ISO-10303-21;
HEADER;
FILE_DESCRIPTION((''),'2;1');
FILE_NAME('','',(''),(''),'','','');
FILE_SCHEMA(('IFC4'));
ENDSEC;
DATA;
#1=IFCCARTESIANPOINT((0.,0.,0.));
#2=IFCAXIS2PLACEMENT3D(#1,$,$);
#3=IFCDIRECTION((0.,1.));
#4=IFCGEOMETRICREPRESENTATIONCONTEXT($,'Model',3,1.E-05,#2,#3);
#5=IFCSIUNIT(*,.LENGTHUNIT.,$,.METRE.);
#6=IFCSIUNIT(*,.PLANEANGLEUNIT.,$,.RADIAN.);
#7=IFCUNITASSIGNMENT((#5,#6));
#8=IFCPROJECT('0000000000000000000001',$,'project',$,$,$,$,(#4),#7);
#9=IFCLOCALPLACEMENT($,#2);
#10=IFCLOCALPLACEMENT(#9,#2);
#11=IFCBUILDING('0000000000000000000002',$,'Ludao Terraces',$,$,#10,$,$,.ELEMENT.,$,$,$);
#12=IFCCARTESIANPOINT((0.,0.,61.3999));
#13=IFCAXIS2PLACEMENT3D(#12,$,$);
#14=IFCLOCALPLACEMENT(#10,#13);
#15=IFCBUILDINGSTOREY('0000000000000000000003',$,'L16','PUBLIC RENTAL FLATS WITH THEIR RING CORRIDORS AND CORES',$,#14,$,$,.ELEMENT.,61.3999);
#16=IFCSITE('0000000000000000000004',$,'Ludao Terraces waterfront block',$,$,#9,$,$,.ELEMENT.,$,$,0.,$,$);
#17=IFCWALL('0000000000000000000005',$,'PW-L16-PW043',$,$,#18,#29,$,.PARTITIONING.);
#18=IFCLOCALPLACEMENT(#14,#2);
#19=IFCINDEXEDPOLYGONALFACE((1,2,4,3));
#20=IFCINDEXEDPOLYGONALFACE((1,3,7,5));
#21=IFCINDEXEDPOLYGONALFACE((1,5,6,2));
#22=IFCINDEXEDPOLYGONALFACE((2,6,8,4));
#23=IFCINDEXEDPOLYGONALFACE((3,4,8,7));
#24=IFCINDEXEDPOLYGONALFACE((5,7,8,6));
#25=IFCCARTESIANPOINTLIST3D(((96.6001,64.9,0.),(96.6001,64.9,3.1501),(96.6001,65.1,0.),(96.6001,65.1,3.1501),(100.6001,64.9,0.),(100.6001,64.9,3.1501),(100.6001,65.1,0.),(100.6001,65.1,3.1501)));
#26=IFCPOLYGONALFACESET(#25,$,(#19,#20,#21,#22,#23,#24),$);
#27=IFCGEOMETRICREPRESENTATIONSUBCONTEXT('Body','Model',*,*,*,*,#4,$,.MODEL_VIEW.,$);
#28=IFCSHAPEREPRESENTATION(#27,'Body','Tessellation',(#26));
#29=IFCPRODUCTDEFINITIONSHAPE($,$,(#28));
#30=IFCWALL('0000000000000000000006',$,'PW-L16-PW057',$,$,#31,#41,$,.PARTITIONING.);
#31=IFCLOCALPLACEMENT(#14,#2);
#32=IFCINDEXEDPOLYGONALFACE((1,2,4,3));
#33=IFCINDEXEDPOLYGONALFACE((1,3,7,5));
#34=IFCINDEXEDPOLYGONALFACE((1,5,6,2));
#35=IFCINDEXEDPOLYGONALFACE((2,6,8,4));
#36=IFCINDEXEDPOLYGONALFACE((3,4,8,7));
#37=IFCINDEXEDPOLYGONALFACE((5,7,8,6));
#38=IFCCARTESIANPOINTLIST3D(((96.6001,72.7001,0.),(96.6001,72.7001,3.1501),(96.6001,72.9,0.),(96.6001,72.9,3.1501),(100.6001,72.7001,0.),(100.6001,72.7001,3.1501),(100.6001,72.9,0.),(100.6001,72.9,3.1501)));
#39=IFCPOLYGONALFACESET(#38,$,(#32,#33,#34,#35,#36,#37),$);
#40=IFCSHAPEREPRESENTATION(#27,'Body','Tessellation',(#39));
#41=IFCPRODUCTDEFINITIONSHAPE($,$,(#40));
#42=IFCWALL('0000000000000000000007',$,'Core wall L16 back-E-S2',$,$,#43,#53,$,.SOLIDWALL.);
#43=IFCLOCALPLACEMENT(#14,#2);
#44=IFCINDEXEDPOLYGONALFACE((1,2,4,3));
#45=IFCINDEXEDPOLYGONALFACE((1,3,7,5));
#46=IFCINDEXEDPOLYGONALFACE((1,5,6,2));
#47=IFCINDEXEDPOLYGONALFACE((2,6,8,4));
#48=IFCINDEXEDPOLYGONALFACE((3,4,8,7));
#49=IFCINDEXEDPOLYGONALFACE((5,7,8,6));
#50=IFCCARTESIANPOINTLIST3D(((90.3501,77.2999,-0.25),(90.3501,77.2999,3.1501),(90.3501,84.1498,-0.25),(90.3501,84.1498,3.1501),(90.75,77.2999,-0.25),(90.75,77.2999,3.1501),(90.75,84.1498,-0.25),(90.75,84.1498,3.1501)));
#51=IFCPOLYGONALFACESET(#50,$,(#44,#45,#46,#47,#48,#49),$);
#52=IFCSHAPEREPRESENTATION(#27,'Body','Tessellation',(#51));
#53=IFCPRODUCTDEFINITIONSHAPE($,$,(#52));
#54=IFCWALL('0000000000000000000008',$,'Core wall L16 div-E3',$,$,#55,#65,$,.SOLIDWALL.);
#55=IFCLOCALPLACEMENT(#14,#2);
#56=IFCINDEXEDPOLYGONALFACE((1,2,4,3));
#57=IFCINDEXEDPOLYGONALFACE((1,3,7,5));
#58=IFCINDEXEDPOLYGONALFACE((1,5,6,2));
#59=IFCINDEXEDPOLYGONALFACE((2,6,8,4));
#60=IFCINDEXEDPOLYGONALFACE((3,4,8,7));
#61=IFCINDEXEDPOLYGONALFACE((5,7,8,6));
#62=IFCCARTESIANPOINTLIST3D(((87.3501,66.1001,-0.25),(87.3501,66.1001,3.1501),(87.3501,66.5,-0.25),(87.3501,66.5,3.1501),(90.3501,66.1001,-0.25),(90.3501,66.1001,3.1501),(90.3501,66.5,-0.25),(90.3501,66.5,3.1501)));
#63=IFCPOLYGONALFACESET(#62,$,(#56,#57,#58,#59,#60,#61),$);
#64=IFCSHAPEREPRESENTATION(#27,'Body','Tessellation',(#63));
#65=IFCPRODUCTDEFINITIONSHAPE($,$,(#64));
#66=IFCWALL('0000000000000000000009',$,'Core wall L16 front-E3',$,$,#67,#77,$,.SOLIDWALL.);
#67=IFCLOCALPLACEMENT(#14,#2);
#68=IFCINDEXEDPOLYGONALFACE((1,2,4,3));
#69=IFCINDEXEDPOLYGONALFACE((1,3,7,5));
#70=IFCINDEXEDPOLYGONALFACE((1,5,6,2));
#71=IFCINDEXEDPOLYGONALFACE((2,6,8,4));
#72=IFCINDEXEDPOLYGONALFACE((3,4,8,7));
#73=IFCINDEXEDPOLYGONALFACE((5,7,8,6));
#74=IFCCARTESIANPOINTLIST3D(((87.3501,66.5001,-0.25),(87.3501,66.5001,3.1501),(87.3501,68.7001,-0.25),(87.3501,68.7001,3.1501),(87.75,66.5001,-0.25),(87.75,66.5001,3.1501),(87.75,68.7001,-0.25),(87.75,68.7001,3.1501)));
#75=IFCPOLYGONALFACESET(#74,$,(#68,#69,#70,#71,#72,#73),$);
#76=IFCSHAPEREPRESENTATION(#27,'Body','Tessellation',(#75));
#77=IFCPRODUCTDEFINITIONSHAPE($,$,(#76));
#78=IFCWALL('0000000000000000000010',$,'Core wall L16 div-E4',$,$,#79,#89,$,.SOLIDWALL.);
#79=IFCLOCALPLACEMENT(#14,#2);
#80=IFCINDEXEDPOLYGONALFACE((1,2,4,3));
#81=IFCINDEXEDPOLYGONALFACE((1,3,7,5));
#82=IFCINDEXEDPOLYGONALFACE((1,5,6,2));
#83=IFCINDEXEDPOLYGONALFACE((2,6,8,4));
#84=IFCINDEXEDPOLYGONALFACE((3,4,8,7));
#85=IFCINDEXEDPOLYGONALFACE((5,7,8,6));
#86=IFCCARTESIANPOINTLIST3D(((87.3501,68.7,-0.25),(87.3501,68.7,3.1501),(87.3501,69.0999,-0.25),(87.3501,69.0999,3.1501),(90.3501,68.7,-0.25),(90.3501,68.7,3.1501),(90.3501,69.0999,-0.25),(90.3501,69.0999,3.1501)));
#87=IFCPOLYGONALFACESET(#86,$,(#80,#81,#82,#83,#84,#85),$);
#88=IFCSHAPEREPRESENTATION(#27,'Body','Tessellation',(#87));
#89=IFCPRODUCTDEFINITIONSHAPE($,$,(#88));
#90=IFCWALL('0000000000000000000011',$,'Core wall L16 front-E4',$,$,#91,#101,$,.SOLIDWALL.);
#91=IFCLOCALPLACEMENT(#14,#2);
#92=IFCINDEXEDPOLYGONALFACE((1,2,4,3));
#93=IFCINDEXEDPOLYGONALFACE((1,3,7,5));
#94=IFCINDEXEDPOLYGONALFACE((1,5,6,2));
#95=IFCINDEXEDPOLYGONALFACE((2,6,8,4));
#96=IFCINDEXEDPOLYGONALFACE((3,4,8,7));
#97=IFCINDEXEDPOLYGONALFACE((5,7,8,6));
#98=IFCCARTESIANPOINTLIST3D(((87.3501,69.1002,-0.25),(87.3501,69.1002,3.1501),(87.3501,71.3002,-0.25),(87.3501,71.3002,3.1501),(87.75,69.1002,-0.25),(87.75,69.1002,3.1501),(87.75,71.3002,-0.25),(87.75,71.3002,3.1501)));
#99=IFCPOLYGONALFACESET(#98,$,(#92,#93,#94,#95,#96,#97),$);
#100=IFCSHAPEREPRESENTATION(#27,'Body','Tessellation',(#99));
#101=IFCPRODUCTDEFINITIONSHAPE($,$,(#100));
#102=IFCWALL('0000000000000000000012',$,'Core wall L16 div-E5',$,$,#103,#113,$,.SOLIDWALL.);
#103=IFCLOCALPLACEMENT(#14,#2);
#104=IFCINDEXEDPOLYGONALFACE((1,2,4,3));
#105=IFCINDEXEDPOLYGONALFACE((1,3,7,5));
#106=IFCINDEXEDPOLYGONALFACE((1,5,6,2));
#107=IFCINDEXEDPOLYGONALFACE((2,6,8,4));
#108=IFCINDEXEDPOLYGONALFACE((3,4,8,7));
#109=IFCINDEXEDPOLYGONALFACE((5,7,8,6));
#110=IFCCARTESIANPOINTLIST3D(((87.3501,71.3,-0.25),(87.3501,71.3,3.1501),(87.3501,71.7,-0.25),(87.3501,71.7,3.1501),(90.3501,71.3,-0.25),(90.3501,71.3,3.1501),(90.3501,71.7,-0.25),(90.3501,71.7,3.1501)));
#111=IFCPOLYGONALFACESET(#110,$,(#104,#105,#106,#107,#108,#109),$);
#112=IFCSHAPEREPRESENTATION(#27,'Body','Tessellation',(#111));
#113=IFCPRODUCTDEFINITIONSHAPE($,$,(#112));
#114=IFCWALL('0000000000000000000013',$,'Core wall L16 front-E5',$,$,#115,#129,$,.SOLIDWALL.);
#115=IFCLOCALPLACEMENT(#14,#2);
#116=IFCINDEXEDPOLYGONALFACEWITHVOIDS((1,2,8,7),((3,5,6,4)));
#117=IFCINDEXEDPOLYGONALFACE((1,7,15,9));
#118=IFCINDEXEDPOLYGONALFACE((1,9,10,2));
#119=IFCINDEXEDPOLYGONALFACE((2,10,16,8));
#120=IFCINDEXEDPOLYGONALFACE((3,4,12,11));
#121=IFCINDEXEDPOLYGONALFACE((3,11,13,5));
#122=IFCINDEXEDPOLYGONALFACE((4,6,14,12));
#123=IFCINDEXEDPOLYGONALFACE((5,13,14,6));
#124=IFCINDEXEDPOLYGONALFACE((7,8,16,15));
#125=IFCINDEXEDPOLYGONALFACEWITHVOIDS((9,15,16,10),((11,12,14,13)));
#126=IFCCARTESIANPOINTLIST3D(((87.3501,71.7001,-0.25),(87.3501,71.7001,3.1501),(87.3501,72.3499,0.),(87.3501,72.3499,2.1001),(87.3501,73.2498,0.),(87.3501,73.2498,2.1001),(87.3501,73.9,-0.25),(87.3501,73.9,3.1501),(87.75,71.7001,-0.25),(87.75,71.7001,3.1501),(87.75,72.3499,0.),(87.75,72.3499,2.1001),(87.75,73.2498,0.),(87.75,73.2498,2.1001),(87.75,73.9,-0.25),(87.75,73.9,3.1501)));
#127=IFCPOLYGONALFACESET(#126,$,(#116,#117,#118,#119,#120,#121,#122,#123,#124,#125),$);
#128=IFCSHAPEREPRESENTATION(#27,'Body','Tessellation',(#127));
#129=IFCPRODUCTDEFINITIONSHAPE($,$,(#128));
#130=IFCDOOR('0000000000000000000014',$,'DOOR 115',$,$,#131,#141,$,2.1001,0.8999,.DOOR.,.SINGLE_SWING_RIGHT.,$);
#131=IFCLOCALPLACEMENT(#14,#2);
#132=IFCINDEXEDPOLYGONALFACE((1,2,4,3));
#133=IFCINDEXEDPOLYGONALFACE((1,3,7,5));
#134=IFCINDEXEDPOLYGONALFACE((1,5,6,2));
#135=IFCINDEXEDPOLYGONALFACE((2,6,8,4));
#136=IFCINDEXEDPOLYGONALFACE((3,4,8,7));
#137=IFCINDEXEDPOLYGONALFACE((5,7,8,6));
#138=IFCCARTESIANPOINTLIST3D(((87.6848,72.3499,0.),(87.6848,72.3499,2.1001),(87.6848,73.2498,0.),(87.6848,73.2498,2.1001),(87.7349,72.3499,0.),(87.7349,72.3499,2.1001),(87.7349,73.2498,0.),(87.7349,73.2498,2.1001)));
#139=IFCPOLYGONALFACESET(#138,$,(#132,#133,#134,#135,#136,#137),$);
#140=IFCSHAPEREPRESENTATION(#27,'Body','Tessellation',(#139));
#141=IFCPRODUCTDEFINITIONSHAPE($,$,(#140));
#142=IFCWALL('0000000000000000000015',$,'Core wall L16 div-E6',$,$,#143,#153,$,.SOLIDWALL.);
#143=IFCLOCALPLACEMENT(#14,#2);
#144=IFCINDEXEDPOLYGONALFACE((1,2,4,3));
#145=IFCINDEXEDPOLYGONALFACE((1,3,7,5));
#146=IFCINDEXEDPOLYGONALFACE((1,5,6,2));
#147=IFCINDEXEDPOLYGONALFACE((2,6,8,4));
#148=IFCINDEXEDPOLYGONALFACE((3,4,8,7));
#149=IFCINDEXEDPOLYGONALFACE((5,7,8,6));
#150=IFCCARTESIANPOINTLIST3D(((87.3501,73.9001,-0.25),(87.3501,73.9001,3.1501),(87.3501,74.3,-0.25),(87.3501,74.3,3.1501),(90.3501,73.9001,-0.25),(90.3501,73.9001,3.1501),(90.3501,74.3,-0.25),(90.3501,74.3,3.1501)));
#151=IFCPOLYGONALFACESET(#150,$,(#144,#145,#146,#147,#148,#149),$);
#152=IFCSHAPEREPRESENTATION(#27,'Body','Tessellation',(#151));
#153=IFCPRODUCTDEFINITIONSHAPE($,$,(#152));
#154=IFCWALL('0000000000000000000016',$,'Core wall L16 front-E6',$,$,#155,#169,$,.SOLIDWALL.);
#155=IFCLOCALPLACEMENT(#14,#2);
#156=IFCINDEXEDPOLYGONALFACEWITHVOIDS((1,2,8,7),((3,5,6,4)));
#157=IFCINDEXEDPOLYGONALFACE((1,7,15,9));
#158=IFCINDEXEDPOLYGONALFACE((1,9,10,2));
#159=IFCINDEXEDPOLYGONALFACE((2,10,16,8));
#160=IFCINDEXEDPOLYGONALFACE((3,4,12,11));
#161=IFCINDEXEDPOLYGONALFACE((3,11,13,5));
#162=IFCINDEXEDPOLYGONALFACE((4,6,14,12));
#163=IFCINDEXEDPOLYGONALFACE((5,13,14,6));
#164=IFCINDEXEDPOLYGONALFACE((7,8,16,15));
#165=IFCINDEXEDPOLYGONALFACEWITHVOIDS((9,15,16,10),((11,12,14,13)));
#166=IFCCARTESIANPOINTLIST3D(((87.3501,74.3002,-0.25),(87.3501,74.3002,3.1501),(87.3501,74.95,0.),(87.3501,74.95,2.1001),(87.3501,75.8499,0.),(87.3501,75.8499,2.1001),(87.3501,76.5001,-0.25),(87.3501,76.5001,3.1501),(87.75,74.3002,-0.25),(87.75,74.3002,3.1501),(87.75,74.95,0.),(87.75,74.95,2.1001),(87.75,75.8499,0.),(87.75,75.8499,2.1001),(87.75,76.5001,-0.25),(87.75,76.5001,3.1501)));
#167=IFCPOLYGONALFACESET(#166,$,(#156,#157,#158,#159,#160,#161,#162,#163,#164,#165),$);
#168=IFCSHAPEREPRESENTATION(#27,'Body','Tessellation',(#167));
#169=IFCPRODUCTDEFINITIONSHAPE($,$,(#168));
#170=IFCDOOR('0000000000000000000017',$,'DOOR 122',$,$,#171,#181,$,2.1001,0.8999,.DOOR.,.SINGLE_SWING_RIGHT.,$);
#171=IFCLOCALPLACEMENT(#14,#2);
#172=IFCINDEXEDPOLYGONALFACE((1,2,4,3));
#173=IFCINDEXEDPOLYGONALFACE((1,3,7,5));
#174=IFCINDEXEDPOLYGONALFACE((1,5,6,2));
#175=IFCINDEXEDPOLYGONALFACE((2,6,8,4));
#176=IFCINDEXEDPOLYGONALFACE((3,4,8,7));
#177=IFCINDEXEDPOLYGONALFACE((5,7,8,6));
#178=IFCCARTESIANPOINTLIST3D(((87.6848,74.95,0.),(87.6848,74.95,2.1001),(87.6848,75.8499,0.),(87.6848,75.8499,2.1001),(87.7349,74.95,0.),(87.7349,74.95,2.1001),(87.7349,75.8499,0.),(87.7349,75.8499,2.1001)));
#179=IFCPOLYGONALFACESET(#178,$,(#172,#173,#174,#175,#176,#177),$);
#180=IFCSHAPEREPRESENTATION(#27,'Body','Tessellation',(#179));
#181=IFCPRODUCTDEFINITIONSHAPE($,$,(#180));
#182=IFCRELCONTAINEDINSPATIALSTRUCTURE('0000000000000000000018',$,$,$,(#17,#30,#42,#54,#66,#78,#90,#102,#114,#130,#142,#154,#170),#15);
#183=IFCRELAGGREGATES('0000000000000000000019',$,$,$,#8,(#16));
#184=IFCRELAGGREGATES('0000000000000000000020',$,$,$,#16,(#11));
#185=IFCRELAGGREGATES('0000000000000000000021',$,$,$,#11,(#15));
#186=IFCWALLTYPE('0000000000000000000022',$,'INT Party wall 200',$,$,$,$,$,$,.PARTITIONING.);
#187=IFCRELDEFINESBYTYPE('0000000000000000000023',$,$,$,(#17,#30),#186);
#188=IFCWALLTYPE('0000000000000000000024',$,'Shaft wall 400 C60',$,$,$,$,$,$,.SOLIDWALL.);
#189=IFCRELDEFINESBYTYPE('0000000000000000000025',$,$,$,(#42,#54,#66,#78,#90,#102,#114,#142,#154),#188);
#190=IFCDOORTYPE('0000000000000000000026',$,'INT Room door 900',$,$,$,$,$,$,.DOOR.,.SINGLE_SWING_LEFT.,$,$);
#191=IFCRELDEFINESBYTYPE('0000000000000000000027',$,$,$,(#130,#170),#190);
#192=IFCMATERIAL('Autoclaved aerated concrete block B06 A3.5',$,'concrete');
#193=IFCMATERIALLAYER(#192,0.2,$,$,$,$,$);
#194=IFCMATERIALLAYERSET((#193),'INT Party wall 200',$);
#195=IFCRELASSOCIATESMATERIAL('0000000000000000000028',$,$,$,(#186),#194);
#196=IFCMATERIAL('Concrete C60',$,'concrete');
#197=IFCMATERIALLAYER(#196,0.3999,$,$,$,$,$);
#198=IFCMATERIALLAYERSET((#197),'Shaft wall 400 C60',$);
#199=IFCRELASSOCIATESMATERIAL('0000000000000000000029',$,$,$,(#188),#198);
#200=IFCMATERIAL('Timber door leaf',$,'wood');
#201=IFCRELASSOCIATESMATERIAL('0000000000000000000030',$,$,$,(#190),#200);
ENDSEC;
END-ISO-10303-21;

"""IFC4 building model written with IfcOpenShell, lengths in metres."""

from ifc_helpers import new_model, si_unit, direction, frame, frame_2d, origin, place, context, subcontext, project, spatial, rectangle, extrude, material, layer, layer_set, type_object, element, fill, save


model = new_model("IFC4")

# Units and contexts
model_context = context("Model", 3, precision=1e-05, world=origin(), true_north=direction((0.0, 1.0)))
body_context = subcontext(model_context, "Body", "Model", "MODEL_VIEW")
ifc_project = project(units=[si_unit("LENGTHUNIT", "METRE"), si_unit("PLANEANGLEUNIT", "RADIAN")], contexts=[model_context])

# Site, building, storey
site_placement = place(None, origin())
site = spatial("IfcSite", under=ifc_project, at=site_placement, Name="Ludao Terraces waterfront block", CompositionType="ELEMENT", RefElevation=0.0)
building_placement = place(site_placement, origin())
building = spatial("IfcBuilding", under=site, at=building_placement, Name="Ludao Terraces", CompositionType="ELEMENT")
storey_placement = place(building_placement, frame((0.0, 0.0, 61.3999)))
storey = spatial("IfcBuildingStorey", under=building, at=storey_placement, Name="L16", Description="PUBLIC RENTAL FLATS WITH THEIR RING CORRIDORS AND CORES", CompositionType="ELEMENT", Elevation=61.3999)

# Walls
ifc_material_1 = material(Name="Autoclaved aerated concrete block B06 A3.5", Category="concrete")
ifc_layer_1 = layer(ifc_material_1, 0.2)
ifc_layer_set_1 = layer_set([ifc_layer_1], Name="INT Party wall 200")
wall_type_1 = type_object("IfcWallType", Name="INT Party wall 200", PredefinedType="PARTITIONING", material=ifc_layer_set_1)
for number, where, z_axis, x_axis, name in (
    (1, (96.6001, 65.0, 0.0), (0.0, 0.0, 1.0), (1.0, 0.0, 0.0), "PW-L16-PW043"),
    (2, (96.6001, 72.8, 0.0), (0.0, 0.0, 1.0), (1.0, 0.0, 0.0), "PW-L16-PW057"),
):
    element("IfcWall", number, at=place(storey_placement, frame(where, z_axis=z_axis, x_axis=x_axis)), inside=storey, type_object=wall_type_1, Name=name, PredefinedType="PARTITIONING", context=body_context, shape_type="SweptSolid", body=[
        extrude(rectangle(XDim=4.0, YDim=0.2, at=frame_2d((2.0, 0.0))), origin(), (0.0, 0.0, 1.0), 3.1501),
    ])
ifc_material_2 = material(Name="Concrete C60", Category="concrete")
ifc_layer_2 = layer(ifc_material_2, 0.3999)
ifc_layer_set_2 = layer_set([ifc_layer_2], Name="Shaft wall 400 C60")
wall_type_2 = type_object("IfcWallType", Name="Shaft wall 400 C60", PredefinedType="SOLIDWALL", material=ifc_layer_set_2)
wall_1_placement = place(storey_placement, frame((90.55, 77.3, -0.25), z_axis=(0.0, 0.0, 1.0), x_axis=(0.0, 1.0, 0.0)))
element("IfcWall", 3, at=wall_1_placement, inside=storey, type_object=wall_type_2, Name="Core wall L16 back-E-S2", PredefinedType="SOLIDWALL", context=body_context, shape_type="SweptSolid", body=[
    extrude(rectangle(XDim=6.8499, YDim=0.3999, at=frame_2d((3.4248, 0.0))), origin(), (0.0, 0.0, 1.0), 3.4001),
])
wall_2_placement = place(storey_placement, frame((87.3501, 66.3, -0.25), z_axis=(0.0, 0.0, 1.0), x_axis=(1.0, 0.0, 0.0)))
element("IfcWall", 4, at=wall_2_placement, inside=storey, type_object=wall_type_2, Name="Core wall L16 div-E3", PredefinedType="SOLIDWALL", context=body_context, shape_type="SweptSolid", body=[
    extrude(rectangle(XDim=3.0, YDim=0.3999, at=frame_2d((1.5, 0.0))), origin(), (0.0, 0.0, 1.0), 3.4001),
])
wall_3_placement = place(storey_placement, frame((87.55, 66.5, -0.25), z_axis=(0.0, 0.0, 1.0), x_axis=(0.0, 1.0, 0.0)))
element("IfcWall", 5, at=wall_3_placement, inside=storey, type_object=wall_type_2, Name="Core wall L16 front-E3", PredefinedType="SOLIDWALL", context=body_context, shape_type="SweptSolid", body=[
    extrude(rectangle(XDim=2.2, YDim=0.3999, at=frame_2d((1.1001, 0.0))), origin(), (0.0, 0.0, 1.0), 3.4001),
])
wall_4_placement = place(storey_placement, frame((87.3501, 68.8999, -0.25), z_axis=(0.0, 0.0, 1.0), x_axis=(1.0, 0.0, 0.0)))
element("IfcWall", 6, at=wall_4_placement, inside=storey, type_object=wall_type_2, Name="Core wall L16 div-E4", PredefinedType="SOLIDWALL", context=body_context, shape_type="SweptSolid", body=[
    extrude(rectangle(XDim=3.0, YDim=0.3999, at=frame_2d((1.5, 0.0))), origin(), (0.0, 0.0, 1.0), 3.4001),
])
wall_5_placement = place(storey_placement, frame((87.55, 69.1001, -0.25), z_axis=(0.0, 0.0, 1.0), x_axis=(0.0, 1.0, 0.0)))
element("IfcWall", 7, at=wall_5_placement, inside=storey, type_object=wall_type_2, Name="Core wall L16 front-E4", PredefinedType="SOLIDWALL", context=body_context, shape_type="SweptSolid", body=[
    extrude(rectangle(XDim=2.2, YDim=0.3999, at=frame_2d((1.1001, 0.0))), origin(), (0.0, 0.0, 1.0), 3.4001),
])
wall_6_placement = place(storey_placement, frame((87.3501, 71.5, -0.25), z_axis=(0.0, 0.0, 1.0), x_axis=(1.0, 0.0, 0.0)))
element("IfcWall", 8, at=wall_6_placement, inside=storey, type_object=wall_type_2, Name="Core wall L16 div-E5", PredefinedType="SOLIDWALL", context=body_context, shape_type="SweptSolid", body=[
    extrude(rectangle(XDim=3.0, YDim=0.3999, at=frame_2d((1.5, 0.0))), origin(), (0.0, 0.0, 1.0), 3.4001),
])

# Wall, opening, door
wall_7_placement = place(storey_placement, frame((87.55, 71.7, -0.25), z_axis=(0.0, 0.0, 1.0), x_axis=(0.0, 1.0, 0.0)))
wall_7 = element("IfcWall", 9, at=wall_7_placement, inside=storey, type_object=wall_type_2, Name="Core wall L16 front-E5", PredefinedType="SOLIDWALL", context=body_context, shape_type="SweptSolid", body=[
    extrude(rectangle(XDim=2.2, YDim=0.3999, at=frame_2d((1.1001, 0.0))), origin(), (0.0, 0.0, 1.0), 3.4001),
])
opening_1_placement = place(wall_7_placement, frame((0.6499, 0.0, 0.25)))
opening_1 = element("IfcOpeningElement", 10, at=opening_1_placement, cuts=wall_7, PredefinedType="OPENING", context=body_context, shape_type="SweptSolid", body=[
    extrude(rectangle(XDim=0.8999, YDim=2.1001, at=frame_2d((0.45, 1.05))), frame((0.0, 0.21, 0.0), z_axis=(0.0, -1.0, 0.0), x_axis=(1.0, 0.0, 0.0)), (0.0, 0.0, 1.0), 0.4199),
])
ifc_material_3 = material(Name="Timber door leaf", Category="wood")
door_type_1 = type_object("IfcDoorType", Name="INT Room door 900", OperationType="SINGLE_SWING_LEFT", PredefinedType="DOOR", material=ifc_material_3)
door_1_placement = place(opening_1_placement, origin())
door_1 = element("IfcDoor", 11, at=door_1_placement, inside=storey, type_object=door_type_1, Name="DOOR 115", OperationType="SINGLE_SWING_RIGHT", OverallHeight=2.1001, OverallWidth=0.8999, PredefinedType="DOOR", context=body_context, shape_type="SweptSolid", body=[
    extrude(rectangle(XDim=0.8999, YDim=2.1001, at=frame_2d((0.45, 1.05))), frame((0.0, -0.1348, 0.0), z_axis=(0.0, -1.0, 0.0), x_axis=(1.0, 0.0, 0.0)), (0.0, 0.0, 1.0), 0.05),
])
fill(opening_1, door_1)

# Wall
wall_8_placement = place(storey_placement, frame((87.3501, 74.1001, -0.25), z_axis=(0.0, 0.0, 1.0), x_axis=(1.0, 0.0, 0.0)))
element("IfcWall", 12, at=wall_8_placement, inside=storey, type_object=wall_type_2, Name="Core wall L16 div-E6", PredefinedType="SOLIDWALL", context=body_context, shape_type="SweptSolid", body=[
    extrude(rectangle(XDim=3.0, YDim=0.3999, at=frame_2d((1.5, 0.0))), origin(), (0.0, 0.0, 1.0), 3.4001),
])

# Wall, opening, door
wall_9_placement = place(storey_placement, frame((87.55, 74.3, -0.25), z_axis=(0.0, 0.0, 1.0), x_axis=(0.0, 1.0, 0.0)))
wall_9 = element("IfcWall", 13, at=wall_9_placement, inside=storey, type_object=wall_type_2, Name="Core wall L16 front-E6", PredefinedType="SOLIDWALL", context=body_context, shape_type="SweptSolid", body=[
    extrude(rectangle(XDim=2.2, YDim=0.3999, at=frame_2d((1.1001, 0.0))), origin(), (0.0, 0.0, 1.0), 3.4001),
])
opening_2_placement = place(wall_9_placement, frame((0.6499, 0.0, 0.25)))
opening_2 = element("IfcOpeningElement", 14, at=opening_2_placement, cuts=wall_9, PredefinedType="OPENING", context=body_context, shape_type="SweptSolid", body=[
    extrude(rectangle(XDim=0.8999, YDim=2.1001, at=frame_2d((0.45, 1.05))), frame((0.0, 0.21, 0.0), z_axis=(0.0, -1.0, 0.0), x_axis=(1.0, 0.0, 0.0)), (0.0, 0.0, 1.0), 0.4199),
])
door_2_placement = place(opening_2_placement, origin())
door_2 = element("IfcDoor", 15, at=door_2_placement, inside=storey, type_object=door_type_1, Name="DOOR 122", OperationType="SINGLE_SWING_RIGHT", OverallHeight=2.1001, OverallWidth=0.8999, PredefinedType="DOOR", context=body_context, shape_type="SweptSolid", body=[
    extrude(rectangle(XDim=0.8999, YDim=2.1001, at=frame_2d((0.45, 1.05))), frame((0.0, -0.1348, 0.0), z_axis=(0.0, -1.0, 0.0), x_axis=(1.0, 0.0, 0.0)), (0.0, 0.0, 1.0), 0.05),
])
fill(opening_2, door_2)

save(model, "model.ifc")
